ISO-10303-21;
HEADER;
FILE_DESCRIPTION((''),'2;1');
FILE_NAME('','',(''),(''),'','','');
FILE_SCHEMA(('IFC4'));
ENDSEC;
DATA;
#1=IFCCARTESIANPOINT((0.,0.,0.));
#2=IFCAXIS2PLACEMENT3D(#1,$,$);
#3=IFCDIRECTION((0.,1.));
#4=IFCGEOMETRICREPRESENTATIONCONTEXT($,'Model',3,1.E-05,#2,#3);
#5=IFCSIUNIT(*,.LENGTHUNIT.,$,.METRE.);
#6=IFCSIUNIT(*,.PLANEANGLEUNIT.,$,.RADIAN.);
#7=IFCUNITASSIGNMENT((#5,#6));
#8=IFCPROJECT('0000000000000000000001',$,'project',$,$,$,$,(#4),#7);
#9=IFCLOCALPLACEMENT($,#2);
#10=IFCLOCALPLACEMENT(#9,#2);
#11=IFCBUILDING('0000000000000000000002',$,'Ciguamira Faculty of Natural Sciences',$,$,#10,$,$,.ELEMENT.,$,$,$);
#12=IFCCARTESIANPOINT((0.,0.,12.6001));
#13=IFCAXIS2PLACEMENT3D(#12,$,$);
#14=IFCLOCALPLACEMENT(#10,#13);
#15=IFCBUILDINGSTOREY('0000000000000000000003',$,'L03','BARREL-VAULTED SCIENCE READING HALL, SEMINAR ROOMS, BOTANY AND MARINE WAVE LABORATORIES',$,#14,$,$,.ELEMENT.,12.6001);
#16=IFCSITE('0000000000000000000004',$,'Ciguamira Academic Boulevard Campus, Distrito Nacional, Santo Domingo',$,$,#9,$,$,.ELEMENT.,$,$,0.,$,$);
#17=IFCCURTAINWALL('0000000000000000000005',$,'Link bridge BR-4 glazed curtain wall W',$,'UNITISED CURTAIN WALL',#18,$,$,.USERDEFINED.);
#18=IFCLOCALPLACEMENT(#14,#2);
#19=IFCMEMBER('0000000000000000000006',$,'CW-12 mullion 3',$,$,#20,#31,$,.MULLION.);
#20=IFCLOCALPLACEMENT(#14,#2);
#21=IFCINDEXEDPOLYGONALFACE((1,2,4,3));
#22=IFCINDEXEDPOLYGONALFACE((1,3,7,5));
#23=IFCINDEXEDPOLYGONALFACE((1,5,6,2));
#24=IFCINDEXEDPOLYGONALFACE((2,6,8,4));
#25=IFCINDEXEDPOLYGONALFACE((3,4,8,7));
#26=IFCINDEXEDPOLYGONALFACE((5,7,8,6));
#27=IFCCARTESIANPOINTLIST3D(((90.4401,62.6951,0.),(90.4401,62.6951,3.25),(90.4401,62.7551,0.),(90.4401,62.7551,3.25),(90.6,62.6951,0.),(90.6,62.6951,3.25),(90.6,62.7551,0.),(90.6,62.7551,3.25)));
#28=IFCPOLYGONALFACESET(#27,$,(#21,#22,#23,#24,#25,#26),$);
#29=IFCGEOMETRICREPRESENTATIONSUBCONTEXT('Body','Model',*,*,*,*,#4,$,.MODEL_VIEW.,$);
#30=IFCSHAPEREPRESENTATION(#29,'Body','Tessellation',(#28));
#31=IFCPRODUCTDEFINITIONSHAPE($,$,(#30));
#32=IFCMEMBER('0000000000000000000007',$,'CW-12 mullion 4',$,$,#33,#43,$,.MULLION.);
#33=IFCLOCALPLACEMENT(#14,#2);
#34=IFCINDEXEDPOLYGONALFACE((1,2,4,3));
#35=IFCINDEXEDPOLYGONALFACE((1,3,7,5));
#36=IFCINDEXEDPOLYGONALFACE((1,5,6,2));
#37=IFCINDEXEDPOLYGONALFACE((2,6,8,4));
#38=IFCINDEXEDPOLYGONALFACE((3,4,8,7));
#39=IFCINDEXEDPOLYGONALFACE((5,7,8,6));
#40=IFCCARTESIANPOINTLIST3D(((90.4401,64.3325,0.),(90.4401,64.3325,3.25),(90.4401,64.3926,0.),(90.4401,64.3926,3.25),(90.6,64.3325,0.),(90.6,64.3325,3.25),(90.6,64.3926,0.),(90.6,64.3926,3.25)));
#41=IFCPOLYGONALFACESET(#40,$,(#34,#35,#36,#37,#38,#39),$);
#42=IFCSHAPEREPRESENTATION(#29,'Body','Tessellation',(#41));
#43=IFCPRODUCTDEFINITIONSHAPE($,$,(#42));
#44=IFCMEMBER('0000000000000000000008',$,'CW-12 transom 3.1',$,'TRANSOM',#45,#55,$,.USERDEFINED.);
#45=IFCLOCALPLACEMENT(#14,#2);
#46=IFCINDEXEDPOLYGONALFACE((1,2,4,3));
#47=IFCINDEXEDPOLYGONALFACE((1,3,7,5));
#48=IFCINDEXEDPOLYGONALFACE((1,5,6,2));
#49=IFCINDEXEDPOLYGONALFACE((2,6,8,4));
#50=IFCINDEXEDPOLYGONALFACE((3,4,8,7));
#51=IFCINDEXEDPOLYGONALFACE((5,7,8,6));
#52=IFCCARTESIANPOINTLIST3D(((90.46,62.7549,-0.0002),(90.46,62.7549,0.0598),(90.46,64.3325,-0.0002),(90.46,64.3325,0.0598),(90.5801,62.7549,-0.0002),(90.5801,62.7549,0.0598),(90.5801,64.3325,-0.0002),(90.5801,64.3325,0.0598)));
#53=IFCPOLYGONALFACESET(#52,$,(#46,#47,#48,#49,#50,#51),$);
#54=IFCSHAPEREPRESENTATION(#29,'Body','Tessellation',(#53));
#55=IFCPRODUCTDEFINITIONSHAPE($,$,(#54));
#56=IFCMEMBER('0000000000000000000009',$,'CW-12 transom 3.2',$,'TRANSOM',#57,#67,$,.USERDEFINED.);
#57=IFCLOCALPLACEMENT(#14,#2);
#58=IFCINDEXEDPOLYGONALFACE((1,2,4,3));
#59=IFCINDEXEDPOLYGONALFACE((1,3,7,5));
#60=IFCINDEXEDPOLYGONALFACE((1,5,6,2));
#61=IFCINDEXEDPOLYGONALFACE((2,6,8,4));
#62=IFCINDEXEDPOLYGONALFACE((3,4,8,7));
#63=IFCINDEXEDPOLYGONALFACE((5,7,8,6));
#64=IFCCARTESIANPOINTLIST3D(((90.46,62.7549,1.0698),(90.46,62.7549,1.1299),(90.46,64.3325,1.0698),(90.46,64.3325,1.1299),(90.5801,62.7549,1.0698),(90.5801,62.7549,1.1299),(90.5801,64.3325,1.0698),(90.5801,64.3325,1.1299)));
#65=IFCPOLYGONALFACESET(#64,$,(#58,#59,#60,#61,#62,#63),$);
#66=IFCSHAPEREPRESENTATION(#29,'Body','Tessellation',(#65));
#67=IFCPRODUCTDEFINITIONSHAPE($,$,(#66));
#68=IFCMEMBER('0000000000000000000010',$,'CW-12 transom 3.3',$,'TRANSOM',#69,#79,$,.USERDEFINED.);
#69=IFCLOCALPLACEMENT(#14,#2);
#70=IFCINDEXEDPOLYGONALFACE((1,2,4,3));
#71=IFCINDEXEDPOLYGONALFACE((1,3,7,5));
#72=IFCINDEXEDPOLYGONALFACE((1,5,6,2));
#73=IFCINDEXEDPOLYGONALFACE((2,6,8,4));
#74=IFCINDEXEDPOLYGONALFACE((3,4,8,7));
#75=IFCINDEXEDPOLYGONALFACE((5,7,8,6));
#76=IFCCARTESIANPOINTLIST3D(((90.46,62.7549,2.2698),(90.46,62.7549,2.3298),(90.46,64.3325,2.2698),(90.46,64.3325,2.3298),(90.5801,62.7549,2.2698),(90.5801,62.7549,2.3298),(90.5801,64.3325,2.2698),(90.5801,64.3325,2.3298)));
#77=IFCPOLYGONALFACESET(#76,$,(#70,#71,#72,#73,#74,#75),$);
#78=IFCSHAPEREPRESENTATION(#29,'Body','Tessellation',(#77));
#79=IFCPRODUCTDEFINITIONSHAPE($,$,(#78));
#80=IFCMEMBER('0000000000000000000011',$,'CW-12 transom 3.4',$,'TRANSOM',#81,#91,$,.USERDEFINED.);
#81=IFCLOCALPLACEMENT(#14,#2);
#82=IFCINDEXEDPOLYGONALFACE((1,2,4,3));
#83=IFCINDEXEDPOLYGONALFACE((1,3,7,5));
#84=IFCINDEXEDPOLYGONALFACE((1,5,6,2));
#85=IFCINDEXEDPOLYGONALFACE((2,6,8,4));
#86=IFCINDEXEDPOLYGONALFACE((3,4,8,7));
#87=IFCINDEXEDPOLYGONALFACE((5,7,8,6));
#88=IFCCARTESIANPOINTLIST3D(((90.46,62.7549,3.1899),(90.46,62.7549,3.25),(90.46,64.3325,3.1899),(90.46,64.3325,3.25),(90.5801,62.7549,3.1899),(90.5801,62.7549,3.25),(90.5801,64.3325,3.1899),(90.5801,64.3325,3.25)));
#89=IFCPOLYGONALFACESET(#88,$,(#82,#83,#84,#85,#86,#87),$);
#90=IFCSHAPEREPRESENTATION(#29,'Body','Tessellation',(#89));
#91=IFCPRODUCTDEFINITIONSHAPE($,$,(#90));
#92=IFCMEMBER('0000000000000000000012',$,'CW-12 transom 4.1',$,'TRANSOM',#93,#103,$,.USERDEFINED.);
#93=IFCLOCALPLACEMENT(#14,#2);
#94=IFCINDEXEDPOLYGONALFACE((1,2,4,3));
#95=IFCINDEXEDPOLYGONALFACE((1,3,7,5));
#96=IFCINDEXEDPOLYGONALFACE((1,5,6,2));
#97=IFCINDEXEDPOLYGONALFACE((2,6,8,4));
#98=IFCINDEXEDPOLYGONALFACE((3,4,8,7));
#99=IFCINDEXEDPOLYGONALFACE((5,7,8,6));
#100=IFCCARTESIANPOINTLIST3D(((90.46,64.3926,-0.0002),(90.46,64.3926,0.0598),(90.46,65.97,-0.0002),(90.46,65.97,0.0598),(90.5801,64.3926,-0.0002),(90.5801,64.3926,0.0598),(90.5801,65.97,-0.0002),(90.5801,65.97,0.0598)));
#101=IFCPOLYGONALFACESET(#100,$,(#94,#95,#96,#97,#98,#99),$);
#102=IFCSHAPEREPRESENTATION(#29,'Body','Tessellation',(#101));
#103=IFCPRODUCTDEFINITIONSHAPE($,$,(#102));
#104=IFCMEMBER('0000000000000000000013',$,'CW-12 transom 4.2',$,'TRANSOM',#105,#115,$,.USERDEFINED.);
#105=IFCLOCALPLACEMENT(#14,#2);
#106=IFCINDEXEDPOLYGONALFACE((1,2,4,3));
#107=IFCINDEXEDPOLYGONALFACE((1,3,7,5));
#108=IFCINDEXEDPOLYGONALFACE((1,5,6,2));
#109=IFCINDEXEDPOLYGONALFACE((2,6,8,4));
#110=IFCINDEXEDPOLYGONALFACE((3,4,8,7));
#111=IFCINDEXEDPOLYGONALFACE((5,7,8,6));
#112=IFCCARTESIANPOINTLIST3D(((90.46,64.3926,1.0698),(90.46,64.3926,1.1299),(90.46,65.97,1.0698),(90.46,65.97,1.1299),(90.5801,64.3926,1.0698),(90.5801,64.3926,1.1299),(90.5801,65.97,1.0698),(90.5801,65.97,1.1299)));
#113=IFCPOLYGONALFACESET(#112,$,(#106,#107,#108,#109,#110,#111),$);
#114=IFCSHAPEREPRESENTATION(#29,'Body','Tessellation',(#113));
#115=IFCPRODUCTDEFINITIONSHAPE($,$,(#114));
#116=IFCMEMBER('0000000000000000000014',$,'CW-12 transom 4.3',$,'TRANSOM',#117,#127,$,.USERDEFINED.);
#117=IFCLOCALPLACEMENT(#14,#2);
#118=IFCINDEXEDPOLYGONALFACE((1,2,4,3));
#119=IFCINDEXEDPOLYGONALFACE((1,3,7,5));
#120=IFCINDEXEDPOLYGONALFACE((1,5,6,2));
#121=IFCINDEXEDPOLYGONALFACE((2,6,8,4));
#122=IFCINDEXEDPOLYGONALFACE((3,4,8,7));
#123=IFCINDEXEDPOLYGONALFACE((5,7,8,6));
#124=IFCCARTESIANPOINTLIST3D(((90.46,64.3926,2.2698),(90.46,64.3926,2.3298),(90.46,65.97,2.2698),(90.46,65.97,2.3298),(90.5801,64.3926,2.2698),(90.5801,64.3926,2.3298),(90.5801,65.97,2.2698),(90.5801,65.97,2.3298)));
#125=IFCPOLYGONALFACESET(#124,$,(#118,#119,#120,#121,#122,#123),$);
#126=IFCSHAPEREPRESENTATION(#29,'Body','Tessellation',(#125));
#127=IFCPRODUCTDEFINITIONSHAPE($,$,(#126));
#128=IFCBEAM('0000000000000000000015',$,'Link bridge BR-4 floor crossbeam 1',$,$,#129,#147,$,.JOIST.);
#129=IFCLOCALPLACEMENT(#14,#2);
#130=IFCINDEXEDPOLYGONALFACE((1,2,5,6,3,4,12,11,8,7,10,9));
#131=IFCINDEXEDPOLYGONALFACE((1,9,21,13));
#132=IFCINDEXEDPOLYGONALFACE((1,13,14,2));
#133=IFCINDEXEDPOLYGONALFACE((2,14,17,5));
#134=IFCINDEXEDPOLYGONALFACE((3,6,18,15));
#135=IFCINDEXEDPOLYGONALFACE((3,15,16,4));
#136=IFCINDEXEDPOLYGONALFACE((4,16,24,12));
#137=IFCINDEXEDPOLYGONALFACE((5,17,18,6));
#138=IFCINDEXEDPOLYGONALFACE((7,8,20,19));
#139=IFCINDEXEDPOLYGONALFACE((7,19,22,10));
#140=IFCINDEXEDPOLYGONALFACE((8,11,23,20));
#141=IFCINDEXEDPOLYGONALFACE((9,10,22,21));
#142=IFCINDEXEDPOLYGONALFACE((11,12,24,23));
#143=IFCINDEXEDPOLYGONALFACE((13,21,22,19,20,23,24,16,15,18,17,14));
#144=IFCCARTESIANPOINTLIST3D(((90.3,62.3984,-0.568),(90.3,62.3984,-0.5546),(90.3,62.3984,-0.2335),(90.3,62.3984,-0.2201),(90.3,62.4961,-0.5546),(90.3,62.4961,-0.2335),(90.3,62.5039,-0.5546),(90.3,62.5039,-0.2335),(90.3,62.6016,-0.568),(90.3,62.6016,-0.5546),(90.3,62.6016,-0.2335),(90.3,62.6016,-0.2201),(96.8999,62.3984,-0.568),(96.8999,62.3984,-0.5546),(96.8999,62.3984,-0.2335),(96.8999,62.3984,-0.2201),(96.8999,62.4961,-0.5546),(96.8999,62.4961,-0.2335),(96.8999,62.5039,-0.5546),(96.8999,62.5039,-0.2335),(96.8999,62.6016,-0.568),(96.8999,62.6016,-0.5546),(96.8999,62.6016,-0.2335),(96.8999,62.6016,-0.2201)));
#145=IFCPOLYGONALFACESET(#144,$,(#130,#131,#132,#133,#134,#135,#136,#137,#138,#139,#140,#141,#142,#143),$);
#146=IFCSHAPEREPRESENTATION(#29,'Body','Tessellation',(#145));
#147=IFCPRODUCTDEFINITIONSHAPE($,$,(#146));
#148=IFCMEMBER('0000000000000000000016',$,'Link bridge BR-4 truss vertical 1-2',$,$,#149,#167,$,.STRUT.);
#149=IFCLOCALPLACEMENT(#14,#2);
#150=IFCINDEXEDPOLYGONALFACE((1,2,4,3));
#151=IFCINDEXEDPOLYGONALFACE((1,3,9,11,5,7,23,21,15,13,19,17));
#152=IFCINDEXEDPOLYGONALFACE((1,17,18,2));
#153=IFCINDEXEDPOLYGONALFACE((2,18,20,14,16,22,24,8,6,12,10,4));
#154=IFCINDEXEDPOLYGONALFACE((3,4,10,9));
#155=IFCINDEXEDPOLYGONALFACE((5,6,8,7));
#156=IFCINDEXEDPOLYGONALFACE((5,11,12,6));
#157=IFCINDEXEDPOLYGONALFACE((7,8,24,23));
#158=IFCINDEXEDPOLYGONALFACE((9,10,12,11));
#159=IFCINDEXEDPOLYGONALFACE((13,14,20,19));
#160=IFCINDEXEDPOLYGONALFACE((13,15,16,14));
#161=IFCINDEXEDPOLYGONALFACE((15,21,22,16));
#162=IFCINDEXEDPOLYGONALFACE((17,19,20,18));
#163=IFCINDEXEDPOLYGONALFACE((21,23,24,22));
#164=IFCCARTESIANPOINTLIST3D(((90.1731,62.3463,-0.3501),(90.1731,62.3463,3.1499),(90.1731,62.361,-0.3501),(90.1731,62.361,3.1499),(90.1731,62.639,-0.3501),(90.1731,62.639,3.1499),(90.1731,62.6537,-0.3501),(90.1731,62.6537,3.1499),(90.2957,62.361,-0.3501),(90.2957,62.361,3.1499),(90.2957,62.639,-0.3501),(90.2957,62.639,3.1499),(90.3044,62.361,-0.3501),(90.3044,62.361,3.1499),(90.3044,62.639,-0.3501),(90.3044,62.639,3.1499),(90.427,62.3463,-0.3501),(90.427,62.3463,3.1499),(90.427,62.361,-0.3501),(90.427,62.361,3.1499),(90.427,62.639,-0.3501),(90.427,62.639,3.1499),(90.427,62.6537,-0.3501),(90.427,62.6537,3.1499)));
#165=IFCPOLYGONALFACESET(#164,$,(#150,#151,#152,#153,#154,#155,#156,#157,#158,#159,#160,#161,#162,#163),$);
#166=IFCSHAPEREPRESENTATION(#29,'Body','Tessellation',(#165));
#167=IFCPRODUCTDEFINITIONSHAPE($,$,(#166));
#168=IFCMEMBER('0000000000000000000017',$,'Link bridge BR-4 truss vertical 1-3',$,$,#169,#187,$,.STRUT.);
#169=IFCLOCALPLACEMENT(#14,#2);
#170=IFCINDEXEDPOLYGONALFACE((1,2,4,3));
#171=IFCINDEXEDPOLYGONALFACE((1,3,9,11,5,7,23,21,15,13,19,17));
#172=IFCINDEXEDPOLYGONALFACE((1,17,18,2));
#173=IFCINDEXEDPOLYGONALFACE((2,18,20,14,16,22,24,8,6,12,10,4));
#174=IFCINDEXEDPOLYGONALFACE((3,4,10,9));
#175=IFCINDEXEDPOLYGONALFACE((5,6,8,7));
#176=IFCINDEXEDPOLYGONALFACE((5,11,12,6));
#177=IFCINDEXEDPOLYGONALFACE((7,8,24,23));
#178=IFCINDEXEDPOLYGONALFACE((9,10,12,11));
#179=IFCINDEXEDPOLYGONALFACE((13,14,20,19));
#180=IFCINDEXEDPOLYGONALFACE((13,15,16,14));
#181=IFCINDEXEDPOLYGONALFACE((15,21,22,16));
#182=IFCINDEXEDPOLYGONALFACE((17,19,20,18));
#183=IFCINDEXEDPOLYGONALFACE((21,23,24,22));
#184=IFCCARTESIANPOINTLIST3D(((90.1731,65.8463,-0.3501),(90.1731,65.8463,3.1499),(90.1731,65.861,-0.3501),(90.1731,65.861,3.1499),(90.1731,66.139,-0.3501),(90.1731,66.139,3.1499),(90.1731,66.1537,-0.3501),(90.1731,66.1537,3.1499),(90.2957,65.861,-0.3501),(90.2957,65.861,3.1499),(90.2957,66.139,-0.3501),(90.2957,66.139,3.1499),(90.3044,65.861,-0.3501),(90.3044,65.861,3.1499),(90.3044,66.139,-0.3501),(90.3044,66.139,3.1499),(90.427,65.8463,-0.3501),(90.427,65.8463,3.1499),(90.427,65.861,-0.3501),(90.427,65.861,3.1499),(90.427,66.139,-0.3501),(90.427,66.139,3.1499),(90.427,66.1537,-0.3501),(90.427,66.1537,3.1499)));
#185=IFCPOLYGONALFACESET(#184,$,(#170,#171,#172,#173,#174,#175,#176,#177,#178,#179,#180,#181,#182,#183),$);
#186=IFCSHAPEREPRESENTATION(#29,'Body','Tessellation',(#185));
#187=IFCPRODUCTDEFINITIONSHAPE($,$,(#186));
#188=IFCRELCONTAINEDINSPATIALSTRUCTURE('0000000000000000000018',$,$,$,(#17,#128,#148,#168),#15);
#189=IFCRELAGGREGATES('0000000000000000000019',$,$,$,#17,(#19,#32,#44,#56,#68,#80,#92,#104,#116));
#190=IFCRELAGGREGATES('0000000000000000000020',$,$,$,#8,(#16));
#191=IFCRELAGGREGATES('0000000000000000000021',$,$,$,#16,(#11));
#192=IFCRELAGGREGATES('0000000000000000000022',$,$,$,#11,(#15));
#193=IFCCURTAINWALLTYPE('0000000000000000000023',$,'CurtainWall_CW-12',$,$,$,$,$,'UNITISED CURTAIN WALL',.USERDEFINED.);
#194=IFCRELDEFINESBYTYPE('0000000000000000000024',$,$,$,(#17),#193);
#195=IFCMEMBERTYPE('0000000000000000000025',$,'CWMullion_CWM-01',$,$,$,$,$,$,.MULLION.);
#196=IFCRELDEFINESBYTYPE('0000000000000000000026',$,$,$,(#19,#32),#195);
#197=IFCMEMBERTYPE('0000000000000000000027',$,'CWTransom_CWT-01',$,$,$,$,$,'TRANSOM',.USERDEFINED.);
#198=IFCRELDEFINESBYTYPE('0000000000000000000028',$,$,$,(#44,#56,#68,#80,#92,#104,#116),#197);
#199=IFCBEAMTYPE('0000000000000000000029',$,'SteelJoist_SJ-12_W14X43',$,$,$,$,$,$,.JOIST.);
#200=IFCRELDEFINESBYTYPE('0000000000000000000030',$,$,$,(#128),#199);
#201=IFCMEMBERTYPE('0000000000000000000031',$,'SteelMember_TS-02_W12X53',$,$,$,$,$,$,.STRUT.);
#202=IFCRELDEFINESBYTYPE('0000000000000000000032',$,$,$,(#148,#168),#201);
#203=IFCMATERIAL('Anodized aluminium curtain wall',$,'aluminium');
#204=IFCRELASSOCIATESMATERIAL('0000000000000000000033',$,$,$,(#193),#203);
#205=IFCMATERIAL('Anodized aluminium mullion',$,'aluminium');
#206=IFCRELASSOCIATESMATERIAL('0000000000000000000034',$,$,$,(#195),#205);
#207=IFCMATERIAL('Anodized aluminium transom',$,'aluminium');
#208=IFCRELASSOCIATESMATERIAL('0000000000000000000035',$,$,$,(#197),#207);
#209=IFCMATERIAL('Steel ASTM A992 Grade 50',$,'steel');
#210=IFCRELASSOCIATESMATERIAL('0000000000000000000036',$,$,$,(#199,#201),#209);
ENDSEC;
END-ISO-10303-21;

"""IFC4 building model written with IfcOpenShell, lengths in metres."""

from ifc_helpers import new_model, si_unit, direction, frame, origin, origin_2d, place, context, subcontext, project, spatial, rectangle, i_section, extrude, material, material_profile, profile_set, type_object, element, aggregate, save


model = new_model("IFC4")

# Units and contexts
model_context = context("Model", 3, precision=1e-05, world=origin(), true_north=direction((0.0, 1.0)))
body_context = subcontext(model_context, "Body", "Model", "MODEL_VIEW")
ifc_project = project(units=[si_unit("LENGTHUNIT", "METRE"), si_unit("PLANEANGLEUNIT", "RADIAN")], contexts=[model_context])

# Site, building, storey
site_placement = place(None, origin())
site = spatial("IfcSite", under=ifc_project, at=site_placement, Name="Ciguamira Academic Boulevard Campus, Distrito Nacional, Santo Domingo", CompositionType="ELEMENT", RefElevation=0.0)
building_placement = place(site_placement, origin())
building = spatial("IfcBuilding", under=site, at=building_placement, Name="Ciguamira Faculty of Natural Sciences", CompositionType="ELEMENT")
storey_placement = place(building_placement, frame((0.0, 0.0, 12.6001)))
storey = spatial("IfcBuildingStorey", under=building, at=storey_placement, Name="L03", Description="BARREL-VAULTED SCIENCE READING HALL, SEMINAR ROOMS, BOTANY AND MARINE WAVE LABORATORIES", CompositionType="ELEMENT", Elevation=12.6001)

# Curtain wall, members
ifc_material_1 = material(Name="Anodized aluminium curtain wall", Category="aluminium")
curtain_wall_type = type_object("IfcCurtainWallType", Name="CurtainWall_CW-12", ElementType="UNITISED CURTAIN WALL", PredefinedType="USERDEFINED", material=ifc_material_1)
curtain_wall_placement = place(storey_placement, origin())
curtain_wall = element("IfcCurtainWall", 1, at=curtain_wall_placement, inside=storey, type_object=curtain_wall_type, Name="Link bridge BR-4 glazed curtain wall W", ObjectType="UNITISED CURTAIN WALL", PredefinedType="USERDEFINED")
ifc_material_2 = material(Name="Anodized aluminium mullion", Category="aluminium")
ifc_material_profile_1 = material_profile(ifc_material_2, rectangle(XDim=0.0601, YDim=0.1599, at=origin_2d()), Name="ALU-MUL-60X160")
ifc_profile_set_1 = profile_set([ifc_material_profile_1], Name="Anodized aluminium mullion")
member_type_1 = type_object("IfcMemberType", Name="CWMullion_CWM-01", PredefinedType="MULLION", material=ifc_profile_set_1)
member_1_placement = place(storey_placement, frame((90.52, 62.7251, 0.0), z_axis=(0.0, 0.0, 1.0), x_axis=(0.0, 1.0, 0.0)))
member_1 = element("IfcMember", 2, at=member_1_placement, type_object=member_type_1, Name="CW-12 mullion 3", PredefinedType="MULLION", context=body_context, shape_type="SweptSolid", body=[
    extrude(rectangle(XDim=0.0601, YDim=0.1599, at=origin_2d()), origin(), (0.0, 0.0, 1.0), 3.25),
])
member_2_placement = place(storey_placement, frame((90.52, 64.3625, 0.0), z_axis=(0.0, 0.0, 1.0), x_axis=(0.0, 1.0, 0.0)))
member_2 = element("IfcMember", 3, at=member_2_placement, type_object=member_type_1, Name="CW-12 mullion 4", PredefinedType="MULLION", context=body_context, shape_type="SweptSolid", body=[
    extrude(rectangle(XDim=0.0601, YDim=0.1599, at=origin_2d()), origin(), (0.0, 0.0, 1.0), 3.25),
])
ifc_material_3 = material(Name="Anodized aluminium transom", Category="aluminium")
ifc_material_profile_2 = material_profile(ifc_material_3, rectangle(XDim=0.0601, YDim=0.1201, at=origin_2d()), Name="ALU-TRN-60X120")
ifc_profile_set_2 = profile_set([ifc_material_profile_2], Name="Anodized aluminium transom")
member_type_2 = type_object("IfcMemberType", Name="CWTransom_CWT-01", ElementType="TRANSOM", PredefinedType="USERDEFINED", material=ifc_profile_set_2)
member_3_placement = place(storey_placement, frame((90.52, 62.7549, 0.0298), z_axis=(0.0, 1.0, 0.0), x_axis=(0.0, 0.0, 1.0)))
member_3 = element("IfcMember", 4, at=member_3_placement, type_object=member_type_2, Name="CW-12 transom 3.1", ObjectType="TRANSOM", PredefinedType="USERDEFINED", context=body_context, shape_type="SweptSolid", body=[
    extrude(rectangle(XDim=0.0601, YDim=0.1201, at=origin_2d()), origin(), (0.0, 0.0, 1.0), 1.5776),
])
member_4_placement = place(storey_placement, frame((90.52, 62.7549, 1.0999), z_axis=(0.0, 1.0, 0.0), x_axis=(0.0, 0.0, 1.0)))
member_4 = element("IfcMember", 5, at=member_4_placement, type_object=member_type_2, Name="CW-12 transom 3.2", ObjectType="TRANSOM", PredefinedType="USERDEFINED", context=body_context, shape_type="SweptSolid", body=[
    extrude(rectangle(XDim=0.0601, YDim=0.1201, at=origin_2d()), origin(), (0.0, 0.0, 1.0), 1.5776),
])
member_5_placement = place(storey_placement, frame((90.52, 62.7549, 2.2998), z_axis=(0.0, 1.0, 0.0), x_axis=(0.0, 0.0, 1.0)))
member_5 = element("IfcMember", 6, at=member_5_placement, type_object=member_type_2, Name="CW-12 transom 3.3", ObjectType="TRANSOM", PredefinedType="USERDEFINED", context=body_context, shape_type="SweptSolid", body=[
    extrude(rectangle(XDim=0.0601, YDim=0.1201, at=origin_2d()), origin(), (0.0, 0.0, 1.0), 1.5776),
])
member_6_placement = place(storey_placement, frame((90.52, 62.7549, 3.22), z_axis=(0.0, 1.0, 0.0), x_axis=(0.0, 0.0, 1.0)))
member_6 = element("IfcMember", 7, at=member_6_placement, type_object=member_type_2, Name="CW-12 transom 3.4", ObjectType="TRANSOM", PredefinedType="USERDEFINED", context=body_context, shape_type="SweptSolid", body=[
    extrude(rectangle(XDim=0.0601, YDim=0.1201, at=origin_2d()), origin(), (0.0, 0.0, 1.0), 1.5776),
])
member_7_placement = place(storey_placement, frame((90.52, 64.3926, 0.0298), z_axis=(0.0, 1.0, 0.0), x_axis=(0.0, 0.0, 1.0)))
member_7 = element("IfcMember", 8, at=member_7_placement, type_object=member_type_2, Name="CW-12 transom 4.1", ObjectType="TRANSOM", PredefinedType="USERDEFINED", context=body_context, shape_type="SweptSolid", body=[
    extrude(rectangle(XDim=0.0601, YDim=0.1201, at=origin_2d()), origin(), (0.0, 0.0, 1.0), 1.5774),
])
member_8_placement = place(storey_placement, frame((90.52, 64.3926, 1.0999), z_axis=(0.0, 1.0, 0.0), x_axis=(0.0, 0.0, 1.0)))
member_8 = element("IfcMember", 9, at=member_8_placement, type_object=member_type_2, Name="CW-12 transom 4.2", ObjectType="TRANSOM", PredefinedType="USERDEFINED", context=body_context, shape_type="SweptSolid", body=[
    extrude(rectangle(XDim=0.0601, YDim=0.1201, at=origin_2d()), origin(), (0.0, 0.0, 1.0), 1.5774),
])
member_9_placement = place(storey_placement, frame((90.52, 64.3926, 2.2998), z_axis=(0.0, 1.0, 0.0), x_axis=(0.0, 0.0, 1.0)))
member_9 = element("IfcMember", 10, at=member_9_placement, type_object=member_type_2, Name="CW-12 transom 4.3", ObjectType="TRANSOM", PredefinedType="USERDEFINED", context=body_context, shape_type="SweptSolid", body=[
    extrude(rectangle(XDim=0.0601, YDim=0.1201, at=origin_2d()), origin(), (0.0, 0.0, 1.0), 1.5774),
])

# Beam
ifc_material_4 = material(Name="Steel ASTM A992 Grade 50", Category="steel")
ifc_material_profile_3 = material_profile(ifc_material_4, i_section(OverallWidth=0.2031, OverallDepth=0.3479, WebThickness=0.0078, FlangeThickness=0.0134, at=origin_2d()), Name="W14X43")
ifc_profile_set_3 = profile_set([ifc_material_profile_3], Name="Steel ASTM A992 Grade 50")
beam_type = type_object("IfcBeamType", Name="SteelJoist_SJ-12_W14X43", PredefinedType="JOIST", material=ifc_profile_set_3)
beam_placement = place(storey_placement, frame((90.3, 62.5, -0.394), z_axis=(1.0, 0.0, 0.0), x_axis=(0.0, 1.0, 0.0)))
element("IfcBeam", 11, at=beam_placement, inside=storey, type_object=beam_type, Name="Link bridge BR-4 floor crossbeam 1", PredefinedType="JOIST", context=body_context, shape_type="SweptSolid", body=[
    extrude(i_section(OverallWidth=0.2031, OverallDepth=0.3479, WebThickness=0.0078, FlangeThickness=0.0134, at=origin_2d()), origin(), (0.0, 0.0, 1.0), 6.5999),
])

# Members
ifc_material_profile_4 = material_profile(ifc_material_4, i_section(OverallWidth=0.2539, OverallDepth=0.3074, WebThickness=0.0088, FlangeThickness=0.0146, at=origin_2d()), Name="W12X53")
ifc_profile_set_4 = profile_set([ifc_material_profile_4], Name="Steel ASTM A992 Grade 50")
member_type_3 = type_object("IfcMemberType", Name="SteelMember_TS-02_W12X53", PredefinedType="STRUT", material=ifc_profile_set_4)
for number, where, z_axis, x_axis, name in (
    (12, (90.3, 62.5, -0.3501), (0.0, 0.0, 1.0), (1.0, 0.0, 0.0), "Link bridge BR-4 truss vertical 1-2"),
    (13, (90.3, 66.0, -0.3501), (0.0, 0.0, 1.0), (1.0, 0.0, 0.0), "Link bridge BR-4 truss vertical 1-3"),
):
    element("IfcMember", number, at=place(storey_placement, frame(where, z_axis=z_axis, x_axis=x_axis)), inside=storey, type_object=member_type_3, Name=name, PredefinedType="STRUT", context=body_context, shape_type="SweptSolid", body=[
        extrude(i_section(OverallWidth=0.2539, OverallDepth=0.3074, WebThickness=0.0088, FlangeThickness=0.0146, at=origin_2d()), origin(), (0.0, 0.0, 1.0), 3.5),
    ])

aggregate(curtain_wall, [member_1, member_2, member_3, member_4, member_5, member_6, member_7, member_8, member_9])

save(model, "model.ifc")
